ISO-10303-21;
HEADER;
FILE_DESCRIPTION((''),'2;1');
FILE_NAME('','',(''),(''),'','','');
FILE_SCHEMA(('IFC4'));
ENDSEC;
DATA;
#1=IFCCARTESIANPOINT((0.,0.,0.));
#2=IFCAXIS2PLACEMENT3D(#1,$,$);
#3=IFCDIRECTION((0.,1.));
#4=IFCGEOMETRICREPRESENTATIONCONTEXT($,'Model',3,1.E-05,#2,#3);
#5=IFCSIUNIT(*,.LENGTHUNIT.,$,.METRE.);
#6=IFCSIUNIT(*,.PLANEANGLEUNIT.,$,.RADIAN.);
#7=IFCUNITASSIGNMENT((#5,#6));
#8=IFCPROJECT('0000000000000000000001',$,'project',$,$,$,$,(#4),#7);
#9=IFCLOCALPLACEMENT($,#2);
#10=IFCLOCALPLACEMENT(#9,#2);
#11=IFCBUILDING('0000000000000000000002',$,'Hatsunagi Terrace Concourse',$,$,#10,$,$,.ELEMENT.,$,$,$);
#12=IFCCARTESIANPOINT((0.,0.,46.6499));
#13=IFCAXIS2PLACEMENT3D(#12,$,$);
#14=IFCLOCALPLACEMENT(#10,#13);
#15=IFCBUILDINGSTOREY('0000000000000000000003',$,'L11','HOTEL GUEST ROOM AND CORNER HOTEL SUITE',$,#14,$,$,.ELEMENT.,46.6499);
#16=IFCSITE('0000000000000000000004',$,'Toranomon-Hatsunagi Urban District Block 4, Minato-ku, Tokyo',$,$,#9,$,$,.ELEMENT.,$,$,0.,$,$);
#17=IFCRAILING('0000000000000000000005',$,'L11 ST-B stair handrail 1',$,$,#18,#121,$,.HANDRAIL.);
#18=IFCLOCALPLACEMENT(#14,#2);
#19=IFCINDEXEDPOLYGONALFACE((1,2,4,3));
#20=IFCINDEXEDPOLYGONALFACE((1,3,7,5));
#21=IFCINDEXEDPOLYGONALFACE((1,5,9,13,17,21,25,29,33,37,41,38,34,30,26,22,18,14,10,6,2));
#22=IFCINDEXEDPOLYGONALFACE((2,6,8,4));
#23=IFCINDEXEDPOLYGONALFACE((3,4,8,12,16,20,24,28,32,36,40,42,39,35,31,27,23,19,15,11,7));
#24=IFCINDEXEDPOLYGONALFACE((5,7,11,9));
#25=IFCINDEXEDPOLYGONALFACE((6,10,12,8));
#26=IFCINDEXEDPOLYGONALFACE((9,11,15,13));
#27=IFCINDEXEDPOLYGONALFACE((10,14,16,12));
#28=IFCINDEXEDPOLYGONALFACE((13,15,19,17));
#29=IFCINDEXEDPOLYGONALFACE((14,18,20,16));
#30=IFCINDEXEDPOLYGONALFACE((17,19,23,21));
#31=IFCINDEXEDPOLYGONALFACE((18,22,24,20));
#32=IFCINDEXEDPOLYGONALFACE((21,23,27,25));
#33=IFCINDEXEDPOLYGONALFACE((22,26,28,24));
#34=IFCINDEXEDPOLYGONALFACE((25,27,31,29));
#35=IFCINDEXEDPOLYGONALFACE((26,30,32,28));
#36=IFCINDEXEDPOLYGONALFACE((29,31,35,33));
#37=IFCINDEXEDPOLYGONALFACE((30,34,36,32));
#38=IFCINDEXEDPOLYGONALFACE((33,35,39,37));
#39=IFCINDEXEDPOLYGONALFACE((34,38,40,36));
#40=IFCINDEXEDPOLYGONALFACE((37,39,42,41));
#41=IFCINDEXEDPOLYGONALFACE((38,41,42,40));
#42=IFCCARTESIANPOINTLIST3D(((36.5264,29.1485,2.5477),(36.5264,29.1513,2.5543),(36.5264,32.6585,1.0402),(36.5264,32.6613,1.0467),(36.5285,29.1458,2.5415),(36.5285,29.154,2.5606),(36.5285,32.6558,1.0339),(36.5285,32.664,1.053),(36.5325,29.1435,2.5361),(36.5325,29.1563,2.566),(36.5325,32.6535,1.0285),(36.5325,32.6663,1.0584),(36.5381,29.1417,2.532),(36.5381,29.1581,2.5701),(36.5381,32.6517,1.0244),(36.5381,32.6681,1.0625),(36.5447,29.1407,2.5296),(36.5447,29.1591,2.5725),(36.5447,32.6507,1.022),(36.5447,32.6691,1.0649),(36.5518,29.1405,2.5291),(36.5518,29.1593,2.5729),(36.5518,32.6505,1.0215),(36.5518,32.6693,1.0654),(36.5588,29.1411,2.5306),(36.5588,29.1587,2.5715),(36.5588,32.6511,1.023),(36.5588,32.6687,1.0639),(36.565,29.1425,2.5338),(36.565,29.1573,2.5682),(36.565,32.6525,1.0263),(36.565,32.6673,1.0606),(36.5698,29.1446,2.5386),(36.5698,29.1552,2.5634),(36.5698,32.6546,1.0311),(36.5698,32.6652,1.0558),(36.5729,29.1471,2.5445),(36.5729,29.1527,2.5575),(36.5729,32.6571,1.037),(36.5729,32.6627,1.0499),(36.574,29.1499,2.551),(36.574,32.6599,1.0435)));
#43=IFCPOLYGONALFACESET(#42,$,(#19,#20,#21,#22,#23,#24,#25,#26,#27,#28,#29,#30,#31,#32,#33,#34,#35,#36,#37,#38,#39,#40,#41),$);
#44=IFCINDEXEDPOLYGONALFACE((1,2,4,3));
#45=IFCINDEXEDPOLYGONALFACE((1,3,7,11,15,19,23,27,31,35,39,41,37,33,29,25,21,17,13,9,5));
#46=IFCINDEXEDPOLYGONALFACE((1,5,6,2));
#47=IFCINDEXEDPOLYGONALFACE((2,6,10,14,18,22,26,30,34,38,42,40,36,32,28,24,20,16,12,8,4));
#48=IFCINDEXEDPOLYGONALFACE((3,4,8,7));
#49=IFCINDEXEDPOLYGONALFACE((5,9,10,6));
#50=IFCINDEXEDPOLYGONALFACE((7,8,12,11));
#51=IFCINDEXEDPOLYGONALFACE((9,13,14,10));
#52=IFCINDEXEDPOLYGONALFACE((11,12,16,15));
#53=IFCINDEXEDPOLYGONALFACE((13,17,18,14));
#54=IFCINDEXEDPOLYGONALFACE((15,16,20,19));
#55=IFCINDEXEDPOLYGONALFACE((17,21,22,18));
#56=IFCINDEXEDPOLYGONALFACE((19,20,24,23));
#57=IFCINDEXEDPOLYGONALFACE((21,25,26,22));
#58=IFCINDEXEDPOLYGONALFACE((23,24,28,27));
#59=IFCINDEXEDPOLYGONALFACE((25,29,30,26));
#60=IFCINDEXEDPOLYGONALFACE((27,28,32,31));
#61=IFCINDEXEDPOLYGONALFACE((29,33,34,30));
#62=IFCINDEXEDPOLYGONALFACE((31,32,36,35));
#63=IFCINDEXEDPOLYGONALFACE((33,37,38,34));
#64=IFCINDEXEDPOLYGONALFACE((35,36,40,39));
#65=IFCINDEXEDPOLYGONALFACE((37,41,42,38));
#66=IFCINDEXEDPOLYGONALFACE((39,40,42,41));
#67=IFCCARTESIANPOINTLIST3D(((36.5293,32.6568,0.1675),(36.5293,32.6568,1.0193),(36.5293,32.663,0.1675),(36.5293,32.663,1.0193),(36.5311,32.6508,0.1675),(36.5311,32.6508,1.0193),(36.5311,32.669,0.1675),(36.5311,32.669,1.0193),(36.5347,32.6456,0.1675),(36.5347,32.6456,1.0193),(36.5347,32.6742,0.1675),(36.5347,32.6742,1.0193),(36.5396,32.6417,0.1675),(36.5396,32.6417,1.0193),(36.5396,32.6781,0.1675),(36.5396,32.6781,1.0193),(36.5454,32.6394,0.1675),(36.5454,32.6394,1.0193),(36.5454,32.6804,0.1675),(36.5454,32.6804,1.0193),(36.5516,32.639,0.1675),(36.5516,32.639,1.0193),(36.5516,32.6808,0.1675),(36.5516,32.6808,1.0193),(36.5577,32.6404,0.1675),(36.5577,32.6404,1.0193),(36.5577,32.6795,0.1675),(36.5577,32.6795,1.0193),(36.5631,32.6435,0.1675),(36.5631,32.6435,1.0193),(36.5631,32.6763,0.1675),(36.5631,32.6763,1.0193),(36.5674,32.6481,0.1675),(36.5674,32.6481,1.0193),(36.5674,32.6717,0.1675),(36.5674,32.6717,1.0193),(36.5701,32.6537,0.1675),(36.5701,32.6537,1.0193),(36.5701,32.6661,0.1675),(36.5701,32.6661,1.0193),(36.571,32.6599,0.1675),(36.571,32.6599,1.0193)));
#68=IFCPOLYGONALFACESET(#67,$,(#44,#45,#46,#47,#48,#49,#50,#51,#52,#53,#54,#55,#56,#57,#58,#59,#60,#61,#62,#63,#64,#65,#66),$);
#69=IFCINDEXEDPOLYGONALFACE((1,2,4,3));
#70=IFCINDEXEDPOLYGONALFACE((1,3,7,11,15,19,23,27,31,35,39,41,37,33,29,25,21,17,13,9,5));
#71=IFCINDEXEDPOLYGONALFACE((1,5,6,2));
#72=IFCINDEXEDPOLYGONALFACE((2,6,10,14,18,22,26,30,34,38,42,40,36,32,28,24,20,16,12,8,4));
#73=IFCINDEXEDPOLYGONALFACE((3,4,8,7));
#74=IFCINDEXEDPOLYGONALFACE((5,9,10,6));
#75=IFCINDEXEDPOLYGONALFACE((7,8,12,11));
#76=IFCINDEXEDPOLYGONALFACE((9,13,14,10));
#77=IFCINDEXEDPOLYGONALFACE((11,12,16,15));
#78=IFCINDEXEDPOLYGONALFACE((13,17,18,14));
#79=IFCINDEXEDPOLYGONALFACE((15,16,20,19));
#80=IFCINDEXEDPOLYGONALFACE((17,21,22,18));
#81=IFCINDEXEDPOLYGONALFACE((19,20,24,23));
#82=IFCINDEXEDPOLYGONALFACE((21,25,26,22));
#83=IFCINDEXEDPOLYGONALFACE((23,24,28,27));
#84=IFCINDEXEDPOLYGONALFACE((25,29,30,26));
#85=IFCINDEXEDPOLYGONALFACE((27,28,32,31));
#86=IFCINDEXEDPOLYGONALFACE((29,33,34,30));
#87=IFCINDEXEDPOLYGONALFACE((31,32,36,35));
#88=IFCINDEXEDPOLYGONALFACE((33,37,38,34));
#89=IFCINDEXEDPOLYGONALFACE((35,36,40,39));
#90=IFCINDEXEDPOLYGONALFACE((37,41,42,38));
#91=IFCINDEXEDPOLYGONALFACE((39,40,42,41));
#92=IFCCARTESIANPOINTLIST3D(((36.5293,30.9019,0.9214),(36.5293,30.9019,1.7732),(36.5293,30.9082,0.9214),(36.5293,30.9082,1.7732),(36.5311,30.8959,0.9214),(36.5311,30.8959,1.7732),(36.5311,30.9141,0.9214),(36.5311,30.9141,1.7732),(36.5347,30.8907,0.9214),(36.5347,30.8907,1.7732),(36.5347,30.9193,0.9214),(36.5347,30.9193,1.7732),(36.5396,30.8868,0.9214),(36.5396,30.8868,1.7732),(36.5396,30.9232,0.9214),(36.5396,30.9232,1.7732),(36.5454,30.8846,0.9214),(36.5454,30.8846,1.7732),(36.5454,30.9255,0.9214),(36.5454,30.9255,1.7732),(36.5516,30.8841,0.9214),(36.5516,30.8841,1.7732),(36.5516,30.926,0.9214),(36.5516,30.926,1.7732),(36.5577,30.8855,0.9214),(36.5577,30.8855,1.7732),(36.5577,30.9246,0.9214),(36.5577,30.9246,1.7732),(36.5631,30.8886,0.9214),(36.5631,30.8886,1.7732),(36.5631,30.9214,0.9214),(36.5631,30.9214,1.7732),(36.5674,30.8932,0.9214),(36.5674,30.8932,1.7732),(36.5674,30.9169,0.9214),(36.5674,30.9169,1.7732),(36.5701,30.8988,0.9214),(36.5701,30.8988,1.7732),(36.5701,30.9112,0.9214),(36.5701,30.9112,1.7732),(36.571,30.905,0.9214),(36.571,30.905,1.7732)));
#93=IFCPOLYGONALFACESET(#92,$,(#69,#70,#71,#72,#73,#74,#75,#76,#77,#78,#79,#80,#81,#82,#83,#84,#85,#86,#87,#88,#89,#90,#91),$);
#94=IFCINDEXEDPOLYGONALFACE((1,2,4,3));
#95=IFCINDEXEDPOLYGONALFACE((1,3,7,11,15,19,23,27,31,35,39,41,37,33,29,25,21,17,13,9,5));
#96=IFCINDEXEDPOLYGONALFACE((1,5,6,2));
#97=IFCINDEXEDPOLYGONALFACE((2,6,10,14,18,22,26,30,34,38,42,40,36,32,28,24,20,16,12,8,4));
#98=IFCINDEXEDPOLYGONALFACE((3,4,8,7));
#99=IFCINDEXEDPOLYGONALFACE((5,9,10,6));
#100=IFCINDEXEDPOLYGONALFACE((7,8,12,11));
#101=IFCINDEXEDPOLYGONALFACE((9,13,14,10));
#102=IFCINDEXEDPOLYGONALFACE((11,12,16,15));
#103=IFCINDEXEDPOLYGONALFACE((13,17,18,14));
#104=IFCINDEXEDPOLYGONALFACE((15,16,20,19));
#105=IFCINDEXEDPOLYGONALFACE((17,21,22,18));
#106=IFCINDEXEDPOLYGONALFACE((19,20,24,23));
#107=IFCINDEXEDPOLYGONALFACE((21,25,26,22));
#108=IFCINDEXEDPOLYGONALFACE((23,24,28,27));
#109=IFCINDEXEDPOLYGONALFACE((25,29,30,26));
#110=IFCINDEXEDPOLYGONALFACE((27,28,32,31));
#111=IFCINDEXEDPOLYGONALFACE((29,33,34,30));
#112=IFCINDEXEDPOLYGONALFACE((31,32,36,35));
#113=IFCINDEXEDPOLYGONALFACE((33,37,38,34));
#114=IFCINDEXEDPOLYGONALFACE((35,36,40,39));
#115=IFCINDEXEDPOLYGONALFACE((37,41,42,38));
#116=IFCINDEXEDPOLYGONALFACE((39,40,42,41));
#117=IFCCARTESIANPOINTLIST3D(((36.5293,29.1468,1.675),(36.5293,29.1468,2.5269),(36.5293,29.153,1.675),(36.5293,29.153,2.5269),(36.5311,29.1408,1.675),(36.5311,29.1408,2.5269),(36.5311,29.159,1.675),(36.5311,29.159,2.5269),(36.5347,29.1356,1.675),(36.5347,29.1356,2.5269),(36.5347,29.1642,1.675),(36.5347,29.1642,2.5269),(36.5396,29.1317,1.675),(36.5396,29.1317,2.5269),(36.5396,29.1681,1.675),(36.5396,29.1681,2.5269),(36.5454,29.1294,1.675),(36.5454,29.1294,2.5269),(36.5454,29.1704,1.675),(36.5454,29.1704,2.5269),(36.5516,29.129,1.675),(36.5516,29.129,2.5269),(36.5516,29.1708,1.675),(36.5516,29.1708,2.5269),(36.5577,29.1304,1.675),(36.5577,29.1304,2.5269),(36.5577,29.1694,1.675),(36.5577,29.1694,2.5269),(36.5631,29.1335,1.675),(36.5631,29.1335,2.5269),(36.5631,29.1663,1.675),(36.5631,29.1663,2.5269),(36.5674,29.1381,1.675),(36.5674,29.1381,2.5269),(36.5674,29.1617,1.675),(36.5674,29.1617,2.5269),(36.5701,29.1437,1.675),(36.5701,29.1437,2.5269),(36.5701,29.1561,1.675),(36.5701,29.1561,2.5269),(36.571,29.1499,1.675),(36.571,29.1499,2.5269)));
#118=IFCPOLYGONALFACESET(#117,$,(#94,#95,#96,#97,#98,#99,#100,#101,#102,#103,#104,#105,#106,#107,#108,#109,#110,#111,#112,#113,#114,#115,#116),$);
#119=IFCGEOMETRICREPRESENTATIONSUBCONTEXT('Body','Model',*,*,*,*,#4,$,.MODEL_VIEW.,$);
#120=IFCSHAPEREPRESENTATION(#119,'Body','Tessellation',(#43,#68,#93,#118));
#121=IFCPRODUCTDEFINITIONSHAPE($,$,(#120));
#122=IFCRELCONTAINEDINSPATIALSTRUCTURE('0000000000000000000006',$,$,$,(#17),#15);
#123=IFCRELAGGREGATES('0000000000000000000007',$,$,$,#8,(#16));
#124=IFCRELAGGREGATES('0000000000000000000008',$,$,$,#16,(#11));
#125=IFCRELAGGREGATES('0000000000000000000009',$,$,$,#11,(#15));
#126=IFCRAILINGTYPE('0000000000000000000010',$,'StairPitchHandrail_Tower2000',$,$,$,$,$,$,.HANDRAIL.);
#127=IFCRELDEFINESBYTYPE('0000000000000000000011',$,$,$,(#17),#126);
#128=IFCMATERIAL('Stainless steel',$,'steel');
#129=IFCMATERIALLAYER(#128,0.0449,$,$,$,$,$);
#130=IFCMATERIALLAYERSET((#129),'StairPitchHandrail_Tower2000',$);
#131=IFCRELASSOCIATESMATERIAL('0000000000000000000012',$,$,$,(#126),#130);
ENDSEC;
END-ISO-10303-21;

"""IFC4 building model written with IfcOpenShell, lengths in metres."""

from ifc_helpers import new_model, si_unit, direction, frame, origin, origin_2d, place, context, subcontext, project, spatial, circle, extrude, material, layer, layer_set, type_object, element, save


model = new_model("IFC4")

# Units and contexts
model_context = context("Model", 3, precision=1e-05, world=origin(), true_north=direction((0.0, 1.0)))
body_context = subcontext(model_context, "Body", "Model", "MODEL_VIEW")
ifc_project = project(units=[si_unit("LENGTHUNIT", "METRE"), si_unit("PLANEANGLEUNIT", "RADIAN")], contexts=[model_context])

# Site, building, storey
site_placement = place(None, origin())
site = spatial("IfcSite", under=ifc_project, at=site_placement, Name="Toranomon-Hatsunagi Urban District Block 4, Minato-ku, Tokyo", CompositionType="ELEMENT", RefElevation=0.0)
building_placement = place(site_placement, origin())
building = spatial("IfcBuilding", under=site, at=building_placement, Name="Hatsunagi Terrace Concourse", CompositionType="ELEMENT")
storey_placement = place(building_placement, frame((0.0, 0.0, 46.6499)))
storey = spatial("IfcBuildingStorey", under=building, at=storey_placement, Name="L11", Description="HOTEL GUEST ROOM AND CORNER HOTEL SUITE", CompositionType="ELEMENT", Elevation=46.6499)

# Railing
ifc_material_1 = material(Name="Stainless steel", Category="steel")
ifc_layer_1 = layer(ifc_material_1, 0.0449)
ifc_layer_set_1 = layer_set([ifc_layer_1], Name="StairPitchHandrail_Tower2000")
railing_type_1 = type_object("IfcRailingType", Name="StairPitchHandrail_Tower2000", PredefinedType="HANDRAIL", material=ifc_layer_set_1)
railing_1_placement = place(storey_placement, frame((36.55, 32.6599, 0.1675)))
element("IfcRailing", 1, at=railing_1_placement, inside=storey, type_object=railing_type_1, Name="L11 ST-B stair handrail 1", PredefinedType="HANDRAIL", context=body_context, shape_type="SweptSolid", body=[
    extrude(circle(Radius=0.0239, at=origin_2d()), frame((0.0, 0.0, 0.876), z_axis=(0.0, -0.918834, 0.394644), x_axis=(1.0, 0.0, 0.0)), (0.0, 0.0, 1.0), 3.8201),
    extrude(circle(Radius=0.021, at=origin_2d()), origin(), (0.0, 0.0, 1.0), 0.8518),
    extrude(circle(Radius=0.021, at=origin_2d()), frame((0.0, -1.7549, 0.7539)), (0.0, 0.0, 1.0), 0.8518),
    extrude(circle(Radius=0.021, at=origin_2d()), frame((0.0, -3.51, 1.5076)), (0.0, 0.0, 1.0), 0.8518),
])

save(model, "model.ifc")
